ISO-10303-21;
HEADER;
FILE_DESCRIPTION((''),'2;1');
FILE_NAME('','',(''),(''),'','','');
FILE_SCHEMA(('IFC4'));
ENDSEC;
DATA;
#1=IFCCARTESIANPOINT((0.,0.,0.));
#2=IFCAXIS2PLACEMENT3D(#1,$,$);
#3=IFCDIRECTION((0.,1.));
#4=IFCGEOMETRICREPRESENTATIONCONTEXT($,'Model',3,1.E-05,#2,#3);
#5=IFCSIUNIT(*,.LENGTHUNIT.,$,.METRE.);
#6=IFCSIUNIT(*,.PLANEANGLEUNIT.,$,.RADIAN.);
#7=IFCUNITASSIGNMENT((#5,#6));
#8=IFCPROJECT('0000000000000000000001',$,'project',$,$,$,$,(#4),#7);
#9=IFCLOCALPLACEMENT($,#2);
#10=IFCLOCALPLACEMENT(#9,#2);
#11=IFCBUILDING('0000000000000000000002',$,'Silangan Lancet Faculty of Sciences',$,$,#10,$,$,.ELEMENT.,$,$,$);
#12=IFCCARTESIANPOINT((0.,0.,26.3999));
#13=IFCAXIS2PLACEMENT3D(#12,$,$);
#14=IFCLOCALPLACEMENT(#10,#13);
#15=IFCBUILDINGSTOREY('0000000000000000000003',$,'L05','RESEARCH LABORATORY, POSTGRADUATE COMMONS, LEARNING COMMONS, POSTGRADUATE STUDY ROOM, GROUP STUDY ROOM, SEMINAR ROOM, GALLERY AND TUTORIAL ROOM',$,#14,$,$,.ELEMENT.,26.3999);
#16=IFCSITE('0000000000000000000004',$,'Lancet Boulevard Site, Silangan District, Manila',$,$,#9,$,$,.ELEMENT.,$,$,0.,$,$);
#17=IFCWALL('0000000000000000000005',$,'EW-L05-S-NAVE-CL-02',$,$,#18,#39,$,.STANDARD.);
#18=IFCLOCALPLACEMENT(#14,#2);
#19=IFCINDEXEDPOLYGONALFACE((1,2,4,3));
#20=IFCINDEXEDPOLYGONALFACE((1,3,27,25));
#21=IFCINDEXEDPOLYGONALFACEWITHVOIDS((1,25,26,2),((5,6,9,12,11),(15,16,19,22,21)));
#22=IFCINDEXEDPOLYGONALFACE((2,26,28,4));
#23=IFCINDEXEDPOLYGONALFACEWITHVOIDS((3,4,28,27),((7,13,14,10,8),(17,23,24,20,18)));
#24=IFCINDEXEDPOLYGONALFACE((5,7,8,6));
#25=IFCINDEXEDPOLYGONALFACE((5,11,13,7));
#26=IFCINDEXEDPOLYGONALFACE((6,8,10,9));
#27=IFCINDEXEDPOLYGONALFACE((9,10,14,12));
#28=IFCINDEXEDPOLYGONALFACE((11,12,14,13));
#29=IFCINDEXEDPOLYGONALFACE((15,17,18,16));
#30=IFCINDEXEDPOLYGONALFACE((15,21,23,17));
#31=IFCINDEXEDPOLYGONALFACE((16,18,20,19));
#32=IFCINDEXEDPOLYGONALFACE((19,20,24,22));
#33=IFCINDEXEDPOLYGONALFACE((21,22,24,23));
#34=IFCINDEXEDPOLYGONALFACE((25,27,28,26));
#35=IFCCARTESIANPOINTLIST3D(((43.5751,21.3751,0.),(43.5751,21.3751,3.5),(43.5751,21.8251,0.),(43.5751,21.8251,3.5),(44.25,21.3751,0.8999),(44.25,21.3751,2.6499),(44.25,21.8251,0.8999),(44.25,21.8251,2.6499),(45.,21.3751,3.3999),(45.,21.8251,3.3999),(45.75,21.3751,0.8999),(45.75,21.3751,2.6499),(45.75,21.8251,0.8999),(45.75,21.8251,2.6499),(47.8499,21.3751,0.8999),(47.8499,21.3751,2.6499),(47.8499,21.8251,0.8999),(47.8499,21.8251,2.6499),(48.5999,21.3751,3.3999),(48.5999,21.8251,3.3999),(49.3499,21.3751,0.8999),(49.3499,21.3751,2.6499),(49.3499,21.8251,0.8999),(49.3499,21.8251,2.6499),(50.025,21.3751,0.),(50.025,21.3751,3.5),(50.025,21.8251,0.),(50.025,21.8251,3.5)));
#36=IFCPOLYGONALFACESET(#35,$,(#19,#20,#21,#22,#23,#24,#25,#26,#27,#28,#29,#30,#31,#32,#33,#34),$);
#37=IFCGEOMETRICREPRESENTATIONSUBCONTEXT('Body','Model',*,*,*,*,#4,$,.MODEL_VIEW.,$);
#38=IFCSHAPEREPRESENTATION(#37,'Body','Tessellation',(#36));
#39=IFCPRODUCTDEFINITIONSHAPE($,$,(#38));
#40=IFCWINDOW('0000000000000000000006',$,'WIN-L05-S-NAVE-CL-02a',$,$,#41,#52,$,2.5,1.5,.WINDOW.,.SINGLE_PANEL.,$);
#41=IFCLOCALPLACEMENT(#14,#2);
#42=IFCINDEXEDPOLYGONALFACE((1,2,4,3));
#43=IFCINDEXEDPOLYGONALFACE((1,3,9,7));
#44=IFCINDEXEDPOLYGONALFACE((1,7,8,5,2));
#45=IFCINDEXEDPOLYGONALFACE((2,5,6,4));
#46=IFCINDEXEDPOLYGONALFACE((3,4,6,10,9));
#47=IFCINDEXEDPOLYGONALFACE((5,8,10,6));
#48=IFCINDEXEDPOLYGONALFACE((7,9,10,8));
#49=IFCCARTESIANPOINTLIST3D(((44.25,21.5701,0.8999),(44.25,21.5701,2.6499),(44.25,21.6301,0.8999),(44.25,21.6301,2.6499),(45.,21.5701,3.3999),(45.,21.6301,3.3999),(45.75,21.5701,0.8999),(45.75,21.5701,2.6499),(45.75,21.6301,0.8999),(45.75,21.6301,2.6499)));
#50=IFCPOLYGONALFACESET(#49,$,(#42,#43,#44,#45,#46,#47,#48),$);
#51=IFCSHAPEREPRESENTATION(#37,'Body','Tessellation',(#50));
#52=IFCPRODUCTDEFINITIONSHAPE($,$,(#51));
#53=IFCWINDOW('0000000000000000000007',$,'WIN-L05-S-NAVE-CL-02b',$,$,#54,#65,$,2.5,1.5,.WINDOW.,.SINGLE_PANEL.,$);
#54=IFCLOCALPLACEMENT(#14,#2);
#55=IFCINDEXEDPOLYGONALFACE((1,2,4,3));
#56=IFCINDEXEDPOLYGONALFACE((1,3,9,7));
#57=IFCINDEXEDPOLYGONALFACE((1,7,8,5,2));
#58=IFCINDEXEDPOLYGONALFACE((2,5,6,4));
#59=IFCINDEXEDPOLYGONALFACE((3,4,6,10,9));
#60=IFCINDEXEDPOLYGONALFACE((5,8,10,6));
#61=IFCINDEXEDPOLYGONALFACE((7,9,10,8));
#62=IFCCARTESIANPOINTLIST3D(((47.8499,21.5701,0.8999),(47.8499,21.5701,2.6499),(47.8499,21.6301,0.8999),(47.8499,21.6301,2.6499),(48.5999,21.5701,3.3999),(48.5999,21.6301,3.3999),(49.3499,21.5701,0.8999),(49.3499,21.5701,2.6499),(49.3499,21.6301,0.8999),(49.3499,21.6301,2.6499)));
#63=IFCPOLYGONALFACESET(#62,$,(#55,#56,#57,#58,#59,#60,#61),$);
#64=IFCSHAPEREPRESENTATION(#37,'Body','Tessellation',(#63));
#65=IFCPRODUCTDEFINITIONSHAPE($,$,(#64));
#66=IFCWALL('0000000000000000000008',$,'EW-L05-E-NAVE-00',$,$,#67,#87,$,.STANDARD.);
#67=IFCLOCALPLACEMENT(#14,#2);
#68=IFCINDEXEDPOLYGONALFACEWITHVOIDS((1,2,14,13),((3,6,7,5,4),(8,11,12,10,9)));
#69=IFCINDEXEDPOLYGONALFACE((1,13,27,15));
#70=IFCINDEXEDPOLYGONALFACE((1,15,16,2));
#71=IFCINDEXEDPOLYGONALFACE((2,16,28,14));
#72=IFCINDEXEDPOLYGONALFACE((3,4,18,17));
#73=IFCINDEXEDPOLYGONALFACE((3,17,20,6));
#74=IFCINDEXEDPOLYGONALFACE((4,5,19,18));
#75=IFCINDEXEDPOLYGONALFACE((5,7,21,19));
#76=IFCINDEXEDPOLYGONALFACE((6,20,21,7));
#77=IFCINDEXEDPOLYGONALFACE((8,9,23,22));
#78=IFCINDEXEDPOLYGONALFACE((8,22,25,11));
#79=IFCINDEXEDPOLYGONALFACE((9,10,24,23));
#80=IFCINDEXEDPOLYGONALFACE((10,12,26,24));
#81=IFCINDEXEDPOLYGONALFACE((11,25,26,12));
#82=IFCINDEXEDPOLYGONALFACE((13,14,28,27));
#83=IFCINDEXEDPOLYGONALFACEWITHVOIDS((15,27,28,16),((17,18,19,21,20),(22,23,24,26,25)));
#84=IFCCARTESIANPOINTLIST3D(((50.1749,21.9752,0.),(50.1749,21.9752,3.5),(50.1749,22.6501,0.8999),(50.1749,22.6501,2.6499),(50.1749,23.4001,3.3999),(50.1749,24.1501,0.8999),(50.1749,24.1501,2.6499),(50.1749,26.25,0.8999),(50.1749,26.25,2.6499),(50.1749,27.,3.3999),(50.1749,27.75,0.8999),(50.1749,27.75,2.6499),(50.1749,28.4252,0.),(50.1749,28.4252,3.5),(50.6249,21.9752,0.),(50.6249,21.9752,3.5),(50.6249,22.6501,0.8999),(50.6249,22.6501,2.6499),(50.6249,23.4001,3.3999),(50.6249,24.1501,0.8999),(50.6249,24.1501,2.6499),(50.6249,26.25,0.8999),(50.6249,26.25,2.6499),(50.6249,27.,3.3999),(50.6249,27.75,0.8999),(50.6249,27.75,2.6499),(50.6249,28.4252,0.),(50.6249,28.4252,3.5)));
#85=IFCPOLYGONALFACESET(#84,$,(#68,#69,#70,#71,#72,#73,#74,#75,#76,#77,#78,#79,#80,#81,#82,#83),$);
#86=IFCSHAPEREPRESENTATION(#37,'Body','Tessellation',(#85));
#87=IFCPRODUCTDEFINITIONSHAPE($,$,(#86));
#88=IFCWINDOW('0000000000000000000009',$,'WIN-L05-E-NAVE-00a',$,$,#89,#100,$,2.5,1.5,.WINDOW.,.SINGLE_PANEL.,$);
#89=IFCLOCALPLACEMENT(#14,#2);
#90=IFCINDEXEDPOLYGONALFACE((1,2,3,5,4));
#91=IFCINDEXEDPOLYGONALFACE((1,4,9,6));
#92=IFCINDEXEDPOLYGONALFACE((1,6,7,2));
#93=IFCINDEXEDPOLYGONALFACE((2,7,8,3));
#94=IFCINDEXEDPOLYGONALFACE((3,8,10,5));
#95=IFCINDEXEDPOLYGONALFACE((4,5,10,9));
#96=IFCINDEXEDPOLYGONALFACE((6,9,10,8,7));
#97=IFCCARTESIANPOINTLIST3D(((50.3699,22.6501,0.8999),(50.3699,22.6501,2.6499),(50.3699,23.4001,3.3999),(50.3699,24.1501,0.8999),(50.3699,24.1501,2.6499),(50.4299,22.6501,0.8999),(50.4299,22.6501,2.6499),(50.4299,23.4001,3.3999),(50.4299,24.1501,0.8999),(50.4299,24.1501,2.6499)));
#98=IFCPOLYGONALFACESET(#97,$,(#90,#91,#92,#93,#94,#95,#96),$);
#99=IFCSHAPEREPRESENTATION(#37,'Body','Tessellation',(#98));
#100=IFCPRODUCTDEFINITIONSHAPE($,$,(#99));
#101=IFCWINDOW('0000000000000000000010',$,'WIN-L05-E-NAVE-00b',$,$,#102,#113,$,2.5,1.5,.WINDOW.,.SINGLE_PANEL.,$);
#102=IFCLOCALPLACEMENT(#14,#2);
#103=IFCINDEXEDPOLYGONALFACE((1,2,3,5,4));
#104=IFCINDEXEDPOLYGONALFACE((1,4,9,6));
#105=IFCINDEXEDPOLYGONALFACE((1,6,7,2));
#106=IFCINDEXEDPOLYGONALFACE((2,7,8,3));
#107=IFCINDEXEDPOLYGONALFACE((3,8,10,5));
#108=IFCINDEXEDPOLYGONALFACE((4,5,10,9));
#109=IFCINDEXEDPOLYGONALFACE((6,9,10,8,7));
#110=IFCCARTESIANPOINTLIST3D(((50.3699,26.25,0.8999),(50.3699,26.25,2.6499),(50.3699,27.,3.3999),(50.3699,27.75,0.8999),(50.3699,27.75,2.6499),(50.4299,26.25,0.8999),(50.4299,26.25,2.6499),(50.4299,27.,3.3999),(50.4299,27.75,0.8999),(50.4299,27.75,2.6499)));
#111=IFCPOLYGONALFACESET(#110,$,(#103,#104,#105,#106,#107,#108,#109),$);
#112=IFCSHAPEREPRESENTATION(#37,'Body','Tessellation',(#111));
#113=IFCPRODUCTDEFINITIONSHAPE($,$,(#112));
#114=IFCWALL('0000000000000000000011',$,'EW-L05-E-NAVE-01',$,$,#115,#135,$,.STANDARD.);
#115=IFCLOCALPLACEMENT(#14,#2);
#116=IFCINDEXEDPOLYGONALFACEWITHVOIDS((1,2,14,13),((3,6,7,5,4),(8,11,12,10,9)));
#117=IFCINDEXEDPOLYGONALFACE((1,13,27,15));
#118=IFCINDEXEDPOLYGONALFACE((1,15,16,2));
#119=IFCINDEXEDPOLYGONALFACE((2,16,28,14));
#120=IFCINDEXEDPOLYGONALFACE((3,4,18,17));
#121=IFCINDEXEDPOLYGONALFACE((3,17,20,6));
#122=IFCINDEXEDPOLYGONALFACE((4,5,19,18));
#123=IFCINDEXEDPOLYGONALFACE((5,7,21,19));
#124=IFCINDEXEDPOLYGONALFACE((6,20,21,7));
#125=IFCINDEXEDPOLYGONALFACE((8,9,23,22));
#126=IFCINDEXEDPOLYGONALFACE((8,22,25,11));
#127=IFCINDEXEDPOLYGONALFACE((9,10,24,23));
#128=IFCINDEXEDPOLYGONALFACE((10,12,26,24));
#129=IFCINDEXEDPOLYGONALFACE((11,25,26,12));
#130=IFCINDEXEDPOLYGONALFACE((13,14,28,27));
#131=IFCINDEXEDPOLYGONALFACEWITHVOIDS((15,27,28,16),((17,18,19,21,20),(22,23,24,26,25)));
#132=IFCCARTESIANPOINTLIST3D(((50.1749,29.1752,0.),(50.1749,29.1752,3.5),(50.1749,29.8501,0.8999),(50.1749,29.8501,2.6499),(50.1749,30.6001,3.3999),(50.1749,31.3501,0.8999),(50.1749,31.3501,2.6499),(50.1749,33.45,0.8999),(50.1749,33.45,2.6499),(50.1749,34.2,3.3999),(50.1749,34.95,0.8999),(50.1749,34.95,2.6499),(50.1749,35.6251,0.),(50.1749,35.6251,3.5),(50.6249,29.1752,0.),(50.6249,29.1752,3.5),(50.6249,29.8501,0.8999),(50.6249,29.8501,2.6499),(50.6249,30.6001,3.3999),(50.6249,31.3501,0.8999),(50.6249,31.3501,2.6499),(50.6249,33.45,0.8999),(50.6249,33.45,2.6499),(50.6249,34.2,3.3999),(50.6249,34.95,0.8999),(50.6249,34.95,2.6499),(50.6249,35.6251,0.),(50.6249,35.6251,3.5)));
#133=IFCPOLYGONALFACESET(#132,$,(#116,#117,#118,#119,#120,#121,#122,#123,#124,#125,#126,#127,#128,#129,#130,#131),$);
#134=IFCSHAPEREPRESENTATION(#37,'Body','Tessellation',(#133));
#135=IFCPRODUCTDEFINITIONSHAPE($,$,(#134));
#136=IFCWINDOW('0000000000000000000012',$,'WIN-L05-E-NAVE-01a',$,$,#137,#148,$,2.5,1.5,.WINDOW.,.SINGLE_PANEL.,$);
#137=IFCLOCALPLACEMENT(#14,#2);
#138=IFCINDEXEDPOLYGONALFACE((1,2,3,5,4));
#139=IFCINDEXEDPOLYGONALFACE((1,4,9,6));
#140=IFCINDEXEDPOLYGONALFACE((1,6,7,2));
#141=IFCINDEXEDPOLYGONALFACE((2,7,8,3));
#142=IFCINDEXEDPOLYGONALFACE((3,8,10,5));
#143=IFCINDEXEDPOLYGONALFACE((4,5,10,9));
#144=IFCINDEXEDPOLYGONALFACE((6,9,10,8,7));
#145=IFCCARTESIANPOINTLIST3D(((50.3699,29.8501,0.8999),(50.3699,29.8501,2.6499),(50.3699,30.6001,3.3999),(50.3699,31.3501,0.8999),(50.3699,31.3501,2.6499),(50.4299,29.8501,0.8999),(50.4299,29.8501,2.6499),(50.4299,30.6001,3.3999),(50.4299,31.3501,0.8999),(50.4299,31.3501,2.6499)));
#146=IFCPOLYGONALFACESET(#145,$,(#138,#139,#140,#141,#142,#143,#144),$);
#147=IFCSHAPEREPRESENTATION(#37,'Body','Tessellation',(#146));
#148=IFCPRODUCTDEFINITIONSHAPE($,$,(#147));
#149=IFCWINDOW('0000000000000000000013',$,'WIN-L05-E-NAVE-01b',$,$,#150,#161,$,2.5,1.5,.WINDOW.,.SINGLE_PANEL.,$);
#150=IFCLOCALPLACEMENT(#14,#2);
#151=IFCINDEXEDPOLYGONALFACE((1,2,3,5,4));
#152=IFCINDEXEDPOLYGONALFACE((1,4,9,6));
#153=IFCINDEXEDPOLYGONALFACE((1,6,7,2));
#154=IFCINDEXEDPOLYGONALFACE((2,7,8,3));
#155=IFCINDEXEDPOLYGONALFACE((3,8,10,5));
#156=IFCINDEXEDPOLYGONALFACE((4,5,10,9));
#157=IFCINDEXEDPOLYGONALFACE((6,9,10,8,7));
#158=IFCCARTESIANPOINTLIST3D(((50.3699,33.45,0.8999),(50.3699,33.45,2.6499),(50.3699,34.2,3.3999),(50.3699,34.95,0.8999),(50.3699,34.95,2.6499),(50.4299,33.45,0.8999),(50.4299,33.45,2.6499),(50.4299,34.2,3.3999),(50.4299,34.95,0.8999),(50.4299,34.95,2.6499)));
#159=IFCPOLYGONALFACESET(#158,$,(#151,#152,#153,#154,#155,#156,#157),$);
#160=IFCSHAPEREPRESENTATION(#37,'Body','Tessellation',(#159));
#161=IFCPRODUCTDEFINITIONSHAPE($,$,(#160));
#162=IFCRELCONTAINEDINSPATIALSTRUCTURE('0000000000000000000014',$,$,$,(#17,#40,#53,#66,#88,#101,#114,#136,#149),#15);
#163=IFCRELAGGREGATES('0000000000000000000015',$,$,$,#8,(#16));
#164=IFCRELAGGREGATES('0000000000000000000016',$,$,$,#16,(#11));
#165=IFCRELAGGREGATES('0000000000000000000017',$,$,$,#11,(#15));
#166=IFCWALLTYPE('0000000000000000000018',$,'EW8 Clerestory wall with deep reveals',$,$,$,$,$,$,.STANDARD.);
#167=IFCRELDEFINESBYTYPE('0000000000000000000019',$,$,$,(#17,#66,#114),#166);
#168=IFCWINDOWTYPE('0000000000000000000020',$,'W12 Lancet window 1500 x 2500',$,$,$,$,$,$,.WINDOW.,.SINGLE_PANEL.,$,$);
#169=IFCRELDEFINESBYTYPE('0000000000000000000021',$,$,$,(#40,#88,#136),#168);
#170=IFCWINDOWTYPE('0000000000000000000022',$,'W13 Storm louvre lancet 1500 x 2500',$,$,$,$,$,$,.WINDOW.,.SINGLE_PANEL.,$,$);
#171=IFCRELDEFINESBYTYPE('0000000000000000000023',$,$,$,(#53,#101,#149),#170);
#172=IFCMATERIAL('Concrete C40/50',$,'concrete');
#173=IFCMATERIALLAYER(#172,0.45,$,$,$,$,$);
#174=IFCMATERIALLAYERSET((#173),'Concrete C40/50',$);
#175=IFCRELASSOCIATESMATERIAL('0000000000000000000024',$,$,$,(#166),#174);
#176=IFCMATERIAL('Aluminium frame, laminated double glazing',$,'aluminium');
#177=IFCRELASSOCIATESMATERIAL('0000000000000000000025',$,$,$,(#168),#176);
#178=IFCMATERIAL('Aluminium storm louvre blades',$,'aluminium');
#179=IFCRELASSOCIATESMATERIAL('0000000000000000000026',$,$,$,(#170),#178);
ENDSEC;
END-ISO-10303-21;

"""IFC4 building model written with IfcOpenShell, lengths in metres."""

from ifc_helpers import new_model, si_unit, direction, frame, frame_2d, origin, place, context, subcontext, project, spatial, polyline, rectangle, outline, extrude, material, layer, layer_set, type_object, element, fill, save


model = new_model("IFC4")

# Units and contexts
model_context = context("Model", 3, precision=1e-05, world=origin(), true_north=direction((0.0, 1.0)))
body_context = subcontext(model_context, "Body", "Model", "MODEL_VIEW")
ifc_project = project(units=[si_unit("LENGTHUNIT", "METRE"), si_unit("PLANEANGLEUNIT", "RADIAN")], contexts=[model_context])

# Site, building, storey
site_placement = place(None, origin())
site = spatial("IfcSite", under=ifc_project, at=site_placement, Name="Lancet Boulevard Site, Silangan District, Manila", CompositionType="ELEMENT", RefElevation=0.0)
building_placement = place(site_placement, origin())
building = spatial("IfcBuilding", under=site, at=building_placement, Name="Silangan Lancet Faculty of Sciences", CompositionType="ELEMENT")
storey_placement = place(building_placement, frame((0.0, 0.0, 26.3999)))
storey = spatial("IfcBuildingStorey", under=building, at=storey_placement, Name="L05", Description="RESEARCH LABORATORY, POSTGRADUATE COMMONS, LEARNING COMMONS, POSTGRADUATE STUDY ROOM, GROUP STUDY ROOM, SEMINAR ROOM, GALLERY AND TUTORIAL ROOM", CompositionType="ELEMENT", Elevation=26.3999)

# Walls, openings, windows
ifc_material_1 = material(Name="Concrete C40/50", Category="concrete")
ifc_layer = layer(ifc_material_1, 0.45)
ifc_layer_set = layer_set([ifc_layer], Name="Concrete C40/50")
wall_type = type_object("IfcWallType", Name="EW8 Clerestory wall with deep reveals", PredefinedType="STANDARD", material=ifc_layer_set)
ifc_material_2 = material(Name="Aluminium frame, laminated double glazing", Category="aluminium")
window_type_1 = type_object("IfcWindowType", Name="W12 Lancet window 1500 x 2500", PartitioningType="SINGLE_PANEL", PredefinedType="WINDOW", material=ifc_material_2)
ifc_material_3 = material(Name="Aluminium storm louvre blades", Category="aluminium")
window_type_2 = type_object("IfcWindowType", Name="W13 Storm louvre lancet 1500 x 2500", PartitioningType="SINGLE_PANEL", PredefinedType="WINDOW", material=ifc_material_3)
wall_1_placement = place(storey_placement, frame((43.575, 21.6001, 0.0), z_axis=(0.0, 0.0, 1.0), x_axis=(1.0, 0.0, 0.0)))
wall_1 = element("IfcWall", 1, at=wall_1_placement, inside=storey, type_object=wall_type, Name="EW-L05-S-NAVE-CL-02", PredefinedType="STANDARD", context=body_context, shape_type="SweptSolid", body=[
    extrude(rectangle(XDim=6.45, YDim=0.45, at=frame_2d((3.2251, 0.0))), origin(), (0.0, 0.0, 1.0), 3.5),
])
opening_1_placement = place(wall_1_placement, frame((0.675, 0.0, 0.8999)))
opening_1 = element("IfcOpeningElement", 2, at=opening_1_placement, cuts=wall_1, PredefinedType="OPENING", context=body_context, shape_type="SweptSolid", body=[
    extrude(outline(polyline([(0.0, 0.0), (1.5, 0.0), (1.5, 1.75), (0.75, 2.5), (0.0, 1.75), (0.0, 0.0)])), frame((0.0, 0.2349, 0.0), z_axis=(0.0, -1.0, 0.0), x_axis=(1.0, 0.0, 0.0)), (0.0, 0.0, 1.0), 0.47),
])
opening_2_placement = place(wall_1_placement, frame((4.2749, 0.0, 0.8999)))
opening_2 = element("IfcOpeningElement", 3, at=opening_2_placement, cuts=wall_1, PredefinedType="OPENING", context=body_context, shape_type="SweptSolid", body=[
    extrude(outline(polyline([(0.0, 0.0), (1.5, 0.0), (1.5, 1.75), (0.75, 2.5), (0.0, 1.75), (0.0, 0.0)])), frame((0.0, 0.2349, 0.0), z_axis=(0.0, -1.0, 0.0), x_axis=(1.0, 0.0, 0.0)), (0.0, 0.0, 1.0), 0.47),
])
window_1_placement = place(opening_1_placement, origin())
window_1 = element("IfcWindow", 4, at=window_1_placement, inside=storey, type_object=window_type_1, Name="WIN-L05-S-NAVE-CL-02a", OverallHeight=2.5, OverallWidth=1.5, PartitioningType="SINGLE_PANEL", PredefinedType="WINDOW", context=body_context, shape_type="SweptSolid", body=[
    extrude(outline(polyline([(0.0, 0.0), (1.5, 0.0), (1.5, 1.75), (0.75, 2.5), (0.0, 1.75), (0.0, 0.0)])), frame((0.0, 0.03, 0.0), z_axis=(0.0, -1.0, 0.0), x_axis=(1.0, 0.0, 0.0)), (0.0, 0.0, 1.0), 0.0601),
])
fill(opening_1, window_1)
window_2_placement = place(opening_2_placement, origin())
window_2 = element("IfcWindow", 5, at=window_2_placement, inside=storey, type_object=window_type_2, Name="WIN-L05-S-NAVE-CL-02b", OverallHeight=2.5, OverallWidth=1.5, PartitioningType="SINGLE_PANEL", PredefinedType="WINDOW", context=body_context, shape_type="SweptSolid", body=[
    extrude(outline(polyline([(0.0, 0.0), (1.5, 0.0), (1.5, 1.75), (0.75, 2.5), (0.0, 1.75), (0.0, 0.0)])), frame((0.0, 0.03, 0.0), z_axis=(0.0, -1.0, 0.0), x_axis=(1.0, 0.0, 0.0)), (0.0, 0.0, 1.0), 0.0601),
])
fill(opening_2, window_2)
wall_2_placement = place(storey_placement, frame((50.3999, 21.9751, 0.0), z_axis=(0.0, 0.0, 1.0), x_axis=(0.0, 1.0, 0.0)))
wall_2 = element("IfcWall", 6, at=wall_2_placement, inside=storey, type_object=wall_type, Name="EW-L05-E-NAVE-00", PredefinedType="STANDARD", context=body_context, shape_type="SweptSolid", body=[
    extrude(rectangle(XDim=6.45, YDim=0.45, at=frame_2d((3.2251, 0.0))), origin(), (0.0, 0.0, 1.0), 3.5),
])
opening_3_placement = place(wall_2_placement, frame((0.675, 0.0, 0.8999)))
opening_3 = element("IfcOpeningElement", 7, at=opening_3_placement, cuts=wall_2, PredefinedType="OPENING", context=body_context, shape_type="SweptSolid", body=[
    extrude(outline(polyline([(0.0, 0.0), (1.5, 0.0), (1.5, 1.75), (0.75, 2.5), (0.0, 1.75), (0.0, 0.0)])), frame((0.0, 0.2349, 0.0), z_axis=(0.0, -1.0, 0.0), x_axis=(1.0, 0.0, 0.0)), (0.0, 0.0, 1.0), 0.47),
])
opening_4_placement = place(wall_2_placement, frame((4.2749, 0.0, 0.8999)))
opening_4 = element("IfcOpeningElement", 8, at=opening_4_placement, cuts=wall_2, PredefinedType="OPENING", context=body_context, shape_type="SweptSolid", body=[
    extrude(outline(polyline([(0.0, 0.0), (1.5, 0.0), (1.5, 1.75), (0.75, 2.5), (0.0, 1.75), (0.0, 0.0)])), frame((0.0, 0.2349, 0.0), z_axis=(0.0, -1.0, 0.0), x_axis=(1.0, 0.0, 0.0)), (0.0, 0.0, 1.0), 0.47),
])
window_3_placement = place(opening_3_placement, origin())
window_3 = element("IfcWindow", 9, at=window_3_placement, inside=storey, type_object=window_type_1, Name="WIN-L05-E-NAVE-00a", OverallHeight=2.5, OverallWidth=1.5, PartitioningType="SINGLE_PANEL", PredefinedType="WINDOW", context=body_context, shape_type="SweptSolid", body=[
    extrude(outline(polyline([(0.0, 0.0), (1.5, 0.0), (1.5, 1.75), (0.75, 2.5), (0.0, 1.75), (0.0, 0.0)])), frame((0.0, 0.03, 0.0), z_axis=(0.0, -1.0, 0.0), x_axis=(1.0, 0.0, 0.0)), (0.0, 0.0, 1.0), 0.0601),
])
fill(opening_3, window_3)
window_4_placement = place(opening_4_placement, origin())
window_4 = element("IfcWindow", 10, at=window_4_placement, inside=storey, type_object=window_type_2, Name="WIN-L05-E-NAVE-00b", OverallHeight=2.5, OverallWidth=1.5, PartitioningType="SINGLE_PANEL", PredefinedType="WINDOW", context=body_context, shape_type="SweptSolid", body=[
    extrude(outline(polyline([(0.0, 0.0), (1.5, 0.0), (1.5, 1.75), (0.75, 2.5), (0.0, 1.75), (0.0, 0.0)])), frame((0.0, 0.03, 0.0), z_axis=(0.0, -1.0, 0.0), x_axis=(1.0, 0.0, 0.0)), (0.0, 0.0, 1.0), 0.0601),
])
fill(opening_4, window_4)
wall_3_placement = place(storey_placement, frame((50.3999, 29.175, 0.0), z_axis=(0.0, 0.0, 1.0), x_axis=(0.0, 1.0, 0.0)))
wall_3 = element("IfcWall", 11, at=wall_3_placement, inside=storey, type_object=wall_type, Name="EW-L05-E-NAVE-01", PredefinedType="STANDARD", context=body_context, shape_type="SweptSolid", body=[
    extrude(rectangle(XDim=6.45, YDim=0.45, at=frame_2d((3.2251, 0.0))), origin(), (0.0, 0.0, 1.0), 3.5),
])
opening_5_placement = place(wall_3_placement, frame((0.675, 0.0, 0.8999)))
opening_5 = element("IfcOpeningElement", 12, at=opening_5_placement, cuts=wall_3, PredefinedType="OPENING", context=body_context, shape_type="SweptSolid", body=[
    extrude(outline(polyline([(0.0, 0.0), (1.5, 0.0), (1.5, 1.75), (0.75, 2.5), (0.0, 1.75), (0.0, 0.0)])), frame((0.0, 0.2349, 0.0), z_axis=(0.0, -1.0, 0.0), x_axis=(1.0, 0.0, 0.0)), (0.0, 0.0, 1.0), 0.47),
])
opening_6_placement = place(wall_3_placement, frame((4.2749, 0.0, 0.8999)))
opening_6 = element("IfcOpeningElement", 13, at=opening_6_placement, cuts=wall_3, PredefinedType="OPENING", context=body_context, shape_type="SweptSolid", body=[
    extrude(outline(polyline([(0.0, 0.0), (1.5, 0.0), (1.5, 1.75), (0.75, 2.5), (0.0, 1.75), (0.0, 0.0)])), frame((0.0, 0.2349, 0.0), z_axis=(0.0, -1.0, 0.0), x_axis=(1.0, 0.0, 0.0)), (0.0, 0.0, 1.0), 0.47),
])
window_5_placement = place(opening_5_placement, origin())
window_5 = element("IfcWindow", 14, at=window_5_placement, inside=storey, type_object=window_type_1, Name="WIN-L05-E-NAVE-01a", OverallHeight=2.5, OverallWidth=1.5, PartitioningType="SINGLE_PANEL", PredefinedType="WINDOW", context=body_context, shape_type="SweptSolid", body=[
    extrude(outline(polyline([(0.0, 0.0), (1.5, 0.0), (1.5, 1.75), (0.75, 2.5), (0.0, 1.75), (0.0, 0.0)])), frame((0.0, 0.03, 0.0), z_axis=(0.0, -1.0, 0.0), x_axis=(1.0, 0.0, 0.0)), (0.0, 0.0, 1.0), 0.0601),
])
fill(opening_5, window_5)
window_6_placement = place(opening_6_placement, origin())
window_6 = element("IfcWindow", 15, at=window_6_placement, inside=storey, type_object=window_type_2, Name="WIN-L05-E-NAVE-01b", OverallHeight=2.5, OverallWidth=1.5, PartitioningType="SINGLE_PANEL", PredefinedType="WINDOW", context=body_context, shape_type="SweptSolid", body=[
    extrude(outline(polyline([(0.0, 0.0), (1.5, 0.0), (1.5, 1.75), (0.75, 2.5), (0.0, 1.75), (0.0, 0.0)])), frame((0.0, 0.03, 0.0), z_axis=(0.0, -1.0, 0.0), x_axis=(1.0, 0.0, 0.0)), (0.0, 0.0, 1.0), 0.0601),
])
fill(opening_6, window_6)

save(model, "model.ifc")
